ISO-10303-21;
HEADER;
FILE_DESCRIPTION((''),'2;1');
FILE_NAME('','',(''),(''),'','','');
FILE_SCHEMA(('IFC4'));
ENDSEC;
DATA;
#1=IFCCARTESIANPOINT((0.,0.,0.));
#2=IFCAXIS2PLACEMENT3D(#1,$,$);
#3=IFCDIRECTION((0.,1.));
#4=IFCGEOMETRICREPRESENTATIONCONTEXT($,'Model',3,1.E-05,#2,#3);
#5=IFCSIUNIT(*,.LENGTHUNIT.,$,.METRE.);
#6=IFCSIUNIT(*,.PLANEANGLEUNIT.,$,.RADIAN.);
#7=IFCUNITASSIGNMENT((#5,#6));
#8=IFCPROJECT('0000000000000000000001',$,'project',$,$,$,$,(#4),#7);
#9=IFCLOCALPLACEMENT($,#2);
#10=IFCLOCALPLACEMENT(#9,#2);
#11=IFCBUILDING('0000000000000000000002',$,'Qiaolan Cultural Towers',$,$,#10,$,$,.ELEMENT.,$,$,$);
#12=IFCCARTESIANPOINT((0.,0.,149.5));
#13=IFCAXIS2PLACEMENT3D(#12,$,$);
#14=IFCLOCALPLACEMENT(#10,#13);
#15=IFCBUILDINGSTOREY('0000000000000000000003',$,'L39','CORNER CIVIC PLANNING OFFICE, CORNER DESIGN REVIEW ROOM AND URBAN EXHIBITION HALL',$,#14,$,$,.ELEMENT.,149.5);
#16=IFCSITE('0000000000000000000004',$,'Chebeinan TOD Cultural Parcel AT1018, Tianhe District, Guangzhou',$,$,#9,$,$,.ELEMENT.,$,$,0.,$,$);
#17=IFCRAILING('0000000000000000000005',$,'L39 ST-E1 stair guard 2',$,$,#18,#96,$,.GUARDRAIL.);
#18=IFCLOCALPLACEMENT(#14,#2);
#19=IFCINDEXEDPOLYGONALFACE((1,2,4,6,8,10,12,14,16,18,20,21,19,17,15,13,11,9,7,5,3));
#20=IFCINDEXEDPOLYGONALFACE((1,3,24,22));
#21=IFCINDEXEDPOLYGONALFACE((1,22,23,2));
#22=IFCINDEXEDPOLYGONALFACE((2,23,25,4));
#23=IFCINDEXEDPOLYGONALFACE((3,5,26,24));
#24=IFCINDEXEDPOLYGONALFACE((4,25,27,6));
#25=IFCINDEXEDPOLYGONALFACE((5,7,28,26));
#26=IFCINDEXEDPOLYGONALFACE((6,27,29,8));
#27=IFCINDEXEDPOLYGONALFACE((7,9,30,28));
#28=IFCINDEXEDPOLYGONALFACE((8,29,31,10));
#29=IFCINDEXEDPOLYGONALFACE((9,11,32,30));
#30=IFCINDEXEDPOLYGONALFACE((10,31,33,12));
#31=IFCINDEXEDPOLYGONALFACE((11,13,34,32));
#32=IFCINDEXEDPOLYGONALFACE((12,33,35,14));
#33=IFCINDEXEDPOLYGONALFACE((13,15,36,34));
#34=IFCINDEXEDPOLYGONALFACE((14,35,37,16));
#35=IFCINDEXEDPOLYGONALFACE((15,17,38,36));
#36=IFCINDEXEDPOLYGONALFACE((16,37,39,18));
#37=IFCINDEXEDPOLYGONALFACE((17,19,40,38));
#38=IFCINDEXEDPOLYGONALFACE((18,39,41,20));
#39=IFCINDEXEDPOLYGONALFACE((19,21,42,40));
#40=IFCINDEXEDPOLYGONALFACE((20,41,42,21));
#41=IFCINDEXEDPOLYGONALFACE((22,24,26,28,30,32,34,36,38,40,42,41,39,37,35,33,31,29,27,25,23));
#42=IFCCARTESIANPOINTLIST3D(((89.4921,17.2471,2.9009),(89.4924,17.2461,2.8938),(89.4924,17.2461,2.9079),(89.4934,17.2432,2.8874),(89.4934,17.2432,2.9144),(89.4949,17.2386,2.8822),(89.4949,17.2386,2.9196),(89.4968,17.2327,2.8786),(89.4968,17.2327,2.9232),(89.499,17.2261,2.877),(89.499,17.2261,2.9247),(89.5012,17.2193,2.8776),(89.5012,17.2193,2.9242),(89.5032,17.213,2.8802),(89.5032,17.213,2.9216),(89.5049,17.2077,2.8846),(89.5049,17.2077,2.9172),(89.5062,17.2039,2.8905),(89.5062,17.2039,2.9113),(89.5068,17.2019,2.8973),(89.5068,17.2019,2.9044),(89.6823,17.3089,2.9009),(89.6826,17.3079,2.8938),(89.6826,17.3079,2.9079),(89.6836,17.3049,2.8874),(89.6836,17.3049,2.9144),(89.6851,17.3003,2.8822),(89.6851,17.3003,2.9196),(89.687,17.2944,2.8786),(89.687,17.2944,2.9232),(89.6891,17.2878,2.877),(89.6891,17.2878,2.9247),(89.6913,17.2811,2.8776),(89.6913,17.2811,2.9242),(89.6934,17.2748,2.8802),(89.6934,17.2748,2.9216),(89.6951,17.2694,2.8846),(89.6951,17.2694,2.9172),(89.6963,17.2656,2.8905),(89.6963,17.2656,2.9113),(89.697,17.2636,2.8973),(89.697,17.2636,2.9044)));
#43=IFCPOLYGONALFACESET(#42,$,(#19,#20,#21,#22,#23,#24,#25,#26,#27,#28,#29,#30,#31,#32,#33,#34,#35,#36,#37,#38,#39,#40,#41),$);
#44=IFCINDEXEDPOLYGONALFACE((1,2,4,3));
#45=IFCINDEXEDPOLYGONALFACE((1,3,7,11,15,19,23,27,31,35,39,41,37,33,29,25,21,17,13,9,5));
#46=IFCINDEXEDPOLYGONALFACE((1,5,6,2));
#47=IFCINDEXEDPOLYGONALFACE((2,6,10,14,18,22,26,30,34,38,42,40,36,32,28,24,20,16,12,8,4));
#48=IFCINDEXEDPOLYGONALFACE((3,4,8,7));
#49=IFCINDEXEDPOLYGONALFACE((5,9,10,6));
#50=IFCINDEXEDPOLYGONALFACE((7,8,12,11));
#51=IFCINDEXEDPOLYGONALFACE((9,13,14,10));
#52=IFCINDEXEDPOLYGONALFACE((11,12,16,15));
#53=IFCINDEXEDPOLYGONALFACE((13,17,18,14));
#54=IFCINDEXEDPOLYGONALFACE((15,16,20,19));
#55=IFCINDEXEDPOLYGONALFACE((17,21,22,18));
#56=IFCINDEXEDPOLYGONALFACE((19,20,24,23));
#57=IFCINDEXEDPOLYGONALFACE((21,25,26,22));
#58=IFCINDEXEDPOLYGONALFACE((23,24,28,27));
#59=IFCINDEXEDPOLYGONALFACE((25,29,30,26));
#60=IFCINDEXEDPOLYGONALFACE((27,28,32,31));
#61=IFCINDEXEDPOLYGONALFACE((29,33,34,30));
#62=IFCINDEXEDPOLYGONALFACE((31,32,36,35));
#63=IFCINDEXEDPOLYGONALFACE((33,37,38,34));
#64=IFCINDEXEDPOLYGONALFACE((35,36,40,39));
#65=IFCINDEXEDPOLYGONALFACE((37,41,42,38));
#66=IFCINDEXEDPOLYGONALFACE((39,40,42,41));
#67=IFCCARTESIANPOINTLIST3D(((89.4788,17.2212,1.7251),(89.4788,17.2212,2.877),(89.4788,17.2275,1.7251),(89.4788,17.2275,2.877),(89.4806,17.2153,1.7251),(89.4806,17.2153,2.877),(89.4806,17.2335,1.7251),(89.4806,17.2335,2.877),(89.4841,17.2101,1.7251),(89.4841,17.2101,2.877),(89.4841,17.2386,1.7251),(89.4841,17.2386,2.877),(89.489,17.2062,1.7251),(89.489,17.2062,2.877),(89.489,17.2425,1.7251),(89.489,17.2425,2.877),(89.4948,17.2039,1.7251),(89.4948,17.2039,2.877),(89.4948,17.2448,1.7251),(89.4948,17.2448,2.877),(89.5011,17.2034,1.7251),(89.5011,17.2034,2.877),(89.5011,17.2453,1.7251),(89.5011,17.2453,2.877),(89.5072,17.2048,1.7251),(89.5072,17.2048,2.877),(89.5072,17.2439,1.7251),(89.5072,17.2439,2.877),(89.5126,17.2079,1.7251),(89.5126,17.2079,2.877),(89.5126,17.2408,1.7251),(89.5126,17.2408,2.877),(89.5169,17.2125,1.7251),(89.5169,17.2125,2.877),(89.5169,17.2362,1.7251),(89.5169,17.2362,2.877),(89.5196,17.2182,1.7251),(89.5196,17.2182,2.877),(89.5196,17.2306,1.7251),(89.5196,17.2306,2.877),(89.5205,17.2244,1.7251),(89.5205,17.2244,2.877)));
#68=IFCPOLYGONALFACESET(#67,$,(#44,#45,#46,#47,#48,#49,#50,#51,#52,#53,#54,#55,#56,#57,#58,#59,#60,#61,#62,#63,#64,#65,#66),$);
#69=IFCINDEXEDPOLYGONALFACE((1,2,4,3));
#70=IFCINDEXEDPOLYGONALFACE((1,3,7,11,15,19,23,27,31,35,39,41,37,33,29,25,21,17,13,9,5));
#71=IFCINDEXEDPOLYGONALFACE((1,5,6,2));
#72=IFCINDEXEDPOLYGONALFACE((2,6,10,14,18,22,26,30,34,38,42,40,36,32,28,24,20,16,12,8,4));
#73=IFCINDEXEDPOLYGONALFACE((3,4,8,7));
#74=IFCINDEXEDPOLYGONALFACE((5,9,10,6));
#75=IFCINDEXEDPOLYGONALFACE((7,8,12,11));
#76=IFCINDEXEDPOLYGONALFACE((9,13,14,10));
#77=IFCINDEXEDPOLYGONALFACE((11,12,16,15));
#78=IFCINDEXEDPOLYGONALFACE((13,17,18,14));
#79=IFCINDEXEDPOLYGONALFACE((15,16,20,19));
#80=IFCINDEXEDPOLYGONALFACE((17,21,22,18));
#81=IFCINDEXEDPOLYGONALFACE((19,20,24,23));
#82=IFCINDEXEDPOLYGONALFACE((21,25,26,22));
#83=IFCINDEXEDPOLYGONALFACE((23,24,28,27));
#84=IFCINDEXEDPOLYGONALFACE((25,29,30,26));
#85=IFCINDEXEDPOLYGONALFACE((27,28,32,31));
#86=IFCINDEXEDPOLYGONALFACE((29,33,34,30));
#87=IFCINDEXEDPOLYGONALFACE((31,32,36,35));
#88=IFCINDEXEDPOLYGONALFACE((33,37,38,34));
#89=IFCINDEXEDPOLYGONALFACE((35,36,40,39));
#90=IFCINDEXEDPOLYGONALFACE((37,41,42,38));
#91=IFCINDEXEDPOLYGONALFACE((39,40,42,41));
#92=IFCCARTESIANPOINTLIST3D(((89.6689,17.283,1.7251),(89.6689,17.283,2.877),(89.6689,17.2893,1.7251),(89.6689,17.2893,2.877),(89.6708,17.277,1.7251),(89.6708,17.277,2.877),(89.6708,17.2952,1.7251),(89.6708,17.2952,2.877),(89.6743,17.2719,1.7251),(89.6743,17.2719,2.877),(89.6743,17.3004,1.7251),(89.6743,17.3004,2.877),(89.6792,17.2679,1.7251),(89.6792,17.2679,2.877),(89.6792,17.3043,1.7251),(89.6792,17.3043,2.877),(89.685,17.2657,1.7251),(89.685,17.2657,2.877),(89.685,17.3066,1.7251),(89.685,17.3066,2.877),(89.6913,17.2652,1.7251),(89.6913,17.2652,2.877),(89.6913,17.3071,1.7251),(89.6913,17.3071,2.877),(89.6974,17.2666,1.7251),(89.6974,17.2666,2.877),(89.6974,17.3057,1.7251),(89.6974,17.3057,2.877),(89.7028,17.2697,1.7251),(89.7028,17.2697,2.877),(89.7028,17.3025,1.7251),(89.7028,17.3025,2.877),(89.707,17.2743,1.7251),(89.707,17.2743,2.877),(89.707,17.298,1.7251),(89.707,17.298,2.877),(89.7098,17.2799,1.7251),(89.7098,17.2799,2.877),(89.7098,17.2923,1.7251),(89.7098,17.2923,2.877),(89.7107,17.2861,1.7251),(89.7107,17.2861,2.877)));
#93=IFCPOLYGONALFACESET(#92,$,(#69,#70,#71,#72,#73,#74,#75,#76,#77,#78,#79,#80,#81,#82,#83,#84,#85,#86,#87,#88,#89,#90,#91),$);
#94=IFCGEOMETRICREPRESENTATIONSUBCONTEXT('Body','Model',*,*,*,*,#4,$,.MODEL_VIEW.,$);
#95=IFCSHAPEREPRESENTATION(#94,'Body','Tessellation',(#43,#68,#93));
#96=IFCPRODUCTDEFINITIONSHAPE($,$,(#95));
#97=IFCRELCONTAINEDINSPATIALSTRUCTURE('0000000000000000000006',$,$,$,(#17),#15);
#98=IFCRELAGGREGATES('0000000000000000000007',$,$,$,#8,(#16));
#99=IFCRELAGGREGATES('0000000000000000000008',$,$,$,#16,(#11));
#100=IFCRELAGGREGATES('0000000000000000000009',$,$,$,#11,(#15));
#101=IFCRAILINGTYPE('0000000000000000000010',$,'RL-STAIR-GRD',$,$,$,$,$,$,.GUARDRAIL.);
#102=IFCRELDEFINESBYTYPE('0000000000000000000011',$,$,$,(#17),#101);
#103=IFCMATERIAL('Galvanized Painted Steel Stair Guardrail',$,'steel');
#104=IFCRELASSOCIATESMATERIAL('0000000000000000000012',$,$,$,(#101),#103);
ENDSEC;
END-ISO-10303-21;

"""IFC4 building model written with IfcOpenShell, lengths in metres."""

from ifc_helpers import new_model, si_unit, direction, frame, origin, origin_2d, place, context, subcontext, project, spatial, circle, extrude, material, type_object, element, save


model = new_model("IFC4")

# Units and contexts
model_context = context("Model", 3, precision=1e-05, world=origin(), true_north=direction((0.0, 1.0)))
body_context = subcontext(model_context, "Body", "Model", "MODEL_VIEW")
ifc_project = project(units=[si_unit("LENGTHUNIT", "METRE"), si_unit("PLANEANGLEUNIT", "RADIAN")], contexts=[model_context])

# Site, building, storey
site_placement = place(None, origin())
site = spatial("IfcSite", under=ifc_project, at=site_placement, Name="Chebeinan TOD Cultural Parcel AT1018, Tianhe District, Guangzhou", CompositionType="ELEMENT", RefElevation=0.0)
building_placement = place(site_placement, origin())
building = spatial("IfcBuilding", under=site, at=building_placement, Name="Qiaolan Cultural Towers", CompositionType="ELEMENT")
storey_placement = place(building_placement, frame((0.0, 0.0, 149.5)))
storey = spatial("IfcBuildingStorey", under=building, at=storey_placement, Name="L39", Description="CORNER CIVIC PLANNING OFFICE, CORNER DESIGN REVIEW ROOM AND URBAN EXHIBITION HALL", CompositionType="ELEMENT", Elevation=149.5)

# Railing
ifc_material_1 = material(Name="Galvanized Painted Steel Stair Guardrail", Category="steel")
railing_type_1 = type_object("IfcRailingType", Name="RL-STAIR-GRD", PredefinedType="GUARDRAIL", material=ifc_material_1)
railing_1_placement = place(storey_placement, frame((89.4995, 17.2244, 1.7251)))
element("IfcRailing", 1, at=railing_1_placement, inside=storey, type_object=railing_type_1, Name="L39 ST-E1 stair guard 2", PredefinedType="GUARDRAIL", context=body_context, shape_type="SweptSolid", body=[
    extrude(circle(Radius=0.0239, at=origin_2d()), frame((0.0, 0.0, 1.1758), z_axis=(0.951097, 0.308893, 0.0), x_axis=(-0.308893, 0.951097, 0.0)), (0.0, 0.0, 1.0), 0.2),
    extrude(circle(Radius=0.021, at=origin_2d()), origin(), (0.0, 0.0, 1.0), 1.1519),
    extrude(circle(Radius=0.021, at=origin_2d()), frame((0.1902, 0.0618, 0.0)), (0.0, 0.0, 1.0), 1.1519),
])

save(model, "model.ifc")
